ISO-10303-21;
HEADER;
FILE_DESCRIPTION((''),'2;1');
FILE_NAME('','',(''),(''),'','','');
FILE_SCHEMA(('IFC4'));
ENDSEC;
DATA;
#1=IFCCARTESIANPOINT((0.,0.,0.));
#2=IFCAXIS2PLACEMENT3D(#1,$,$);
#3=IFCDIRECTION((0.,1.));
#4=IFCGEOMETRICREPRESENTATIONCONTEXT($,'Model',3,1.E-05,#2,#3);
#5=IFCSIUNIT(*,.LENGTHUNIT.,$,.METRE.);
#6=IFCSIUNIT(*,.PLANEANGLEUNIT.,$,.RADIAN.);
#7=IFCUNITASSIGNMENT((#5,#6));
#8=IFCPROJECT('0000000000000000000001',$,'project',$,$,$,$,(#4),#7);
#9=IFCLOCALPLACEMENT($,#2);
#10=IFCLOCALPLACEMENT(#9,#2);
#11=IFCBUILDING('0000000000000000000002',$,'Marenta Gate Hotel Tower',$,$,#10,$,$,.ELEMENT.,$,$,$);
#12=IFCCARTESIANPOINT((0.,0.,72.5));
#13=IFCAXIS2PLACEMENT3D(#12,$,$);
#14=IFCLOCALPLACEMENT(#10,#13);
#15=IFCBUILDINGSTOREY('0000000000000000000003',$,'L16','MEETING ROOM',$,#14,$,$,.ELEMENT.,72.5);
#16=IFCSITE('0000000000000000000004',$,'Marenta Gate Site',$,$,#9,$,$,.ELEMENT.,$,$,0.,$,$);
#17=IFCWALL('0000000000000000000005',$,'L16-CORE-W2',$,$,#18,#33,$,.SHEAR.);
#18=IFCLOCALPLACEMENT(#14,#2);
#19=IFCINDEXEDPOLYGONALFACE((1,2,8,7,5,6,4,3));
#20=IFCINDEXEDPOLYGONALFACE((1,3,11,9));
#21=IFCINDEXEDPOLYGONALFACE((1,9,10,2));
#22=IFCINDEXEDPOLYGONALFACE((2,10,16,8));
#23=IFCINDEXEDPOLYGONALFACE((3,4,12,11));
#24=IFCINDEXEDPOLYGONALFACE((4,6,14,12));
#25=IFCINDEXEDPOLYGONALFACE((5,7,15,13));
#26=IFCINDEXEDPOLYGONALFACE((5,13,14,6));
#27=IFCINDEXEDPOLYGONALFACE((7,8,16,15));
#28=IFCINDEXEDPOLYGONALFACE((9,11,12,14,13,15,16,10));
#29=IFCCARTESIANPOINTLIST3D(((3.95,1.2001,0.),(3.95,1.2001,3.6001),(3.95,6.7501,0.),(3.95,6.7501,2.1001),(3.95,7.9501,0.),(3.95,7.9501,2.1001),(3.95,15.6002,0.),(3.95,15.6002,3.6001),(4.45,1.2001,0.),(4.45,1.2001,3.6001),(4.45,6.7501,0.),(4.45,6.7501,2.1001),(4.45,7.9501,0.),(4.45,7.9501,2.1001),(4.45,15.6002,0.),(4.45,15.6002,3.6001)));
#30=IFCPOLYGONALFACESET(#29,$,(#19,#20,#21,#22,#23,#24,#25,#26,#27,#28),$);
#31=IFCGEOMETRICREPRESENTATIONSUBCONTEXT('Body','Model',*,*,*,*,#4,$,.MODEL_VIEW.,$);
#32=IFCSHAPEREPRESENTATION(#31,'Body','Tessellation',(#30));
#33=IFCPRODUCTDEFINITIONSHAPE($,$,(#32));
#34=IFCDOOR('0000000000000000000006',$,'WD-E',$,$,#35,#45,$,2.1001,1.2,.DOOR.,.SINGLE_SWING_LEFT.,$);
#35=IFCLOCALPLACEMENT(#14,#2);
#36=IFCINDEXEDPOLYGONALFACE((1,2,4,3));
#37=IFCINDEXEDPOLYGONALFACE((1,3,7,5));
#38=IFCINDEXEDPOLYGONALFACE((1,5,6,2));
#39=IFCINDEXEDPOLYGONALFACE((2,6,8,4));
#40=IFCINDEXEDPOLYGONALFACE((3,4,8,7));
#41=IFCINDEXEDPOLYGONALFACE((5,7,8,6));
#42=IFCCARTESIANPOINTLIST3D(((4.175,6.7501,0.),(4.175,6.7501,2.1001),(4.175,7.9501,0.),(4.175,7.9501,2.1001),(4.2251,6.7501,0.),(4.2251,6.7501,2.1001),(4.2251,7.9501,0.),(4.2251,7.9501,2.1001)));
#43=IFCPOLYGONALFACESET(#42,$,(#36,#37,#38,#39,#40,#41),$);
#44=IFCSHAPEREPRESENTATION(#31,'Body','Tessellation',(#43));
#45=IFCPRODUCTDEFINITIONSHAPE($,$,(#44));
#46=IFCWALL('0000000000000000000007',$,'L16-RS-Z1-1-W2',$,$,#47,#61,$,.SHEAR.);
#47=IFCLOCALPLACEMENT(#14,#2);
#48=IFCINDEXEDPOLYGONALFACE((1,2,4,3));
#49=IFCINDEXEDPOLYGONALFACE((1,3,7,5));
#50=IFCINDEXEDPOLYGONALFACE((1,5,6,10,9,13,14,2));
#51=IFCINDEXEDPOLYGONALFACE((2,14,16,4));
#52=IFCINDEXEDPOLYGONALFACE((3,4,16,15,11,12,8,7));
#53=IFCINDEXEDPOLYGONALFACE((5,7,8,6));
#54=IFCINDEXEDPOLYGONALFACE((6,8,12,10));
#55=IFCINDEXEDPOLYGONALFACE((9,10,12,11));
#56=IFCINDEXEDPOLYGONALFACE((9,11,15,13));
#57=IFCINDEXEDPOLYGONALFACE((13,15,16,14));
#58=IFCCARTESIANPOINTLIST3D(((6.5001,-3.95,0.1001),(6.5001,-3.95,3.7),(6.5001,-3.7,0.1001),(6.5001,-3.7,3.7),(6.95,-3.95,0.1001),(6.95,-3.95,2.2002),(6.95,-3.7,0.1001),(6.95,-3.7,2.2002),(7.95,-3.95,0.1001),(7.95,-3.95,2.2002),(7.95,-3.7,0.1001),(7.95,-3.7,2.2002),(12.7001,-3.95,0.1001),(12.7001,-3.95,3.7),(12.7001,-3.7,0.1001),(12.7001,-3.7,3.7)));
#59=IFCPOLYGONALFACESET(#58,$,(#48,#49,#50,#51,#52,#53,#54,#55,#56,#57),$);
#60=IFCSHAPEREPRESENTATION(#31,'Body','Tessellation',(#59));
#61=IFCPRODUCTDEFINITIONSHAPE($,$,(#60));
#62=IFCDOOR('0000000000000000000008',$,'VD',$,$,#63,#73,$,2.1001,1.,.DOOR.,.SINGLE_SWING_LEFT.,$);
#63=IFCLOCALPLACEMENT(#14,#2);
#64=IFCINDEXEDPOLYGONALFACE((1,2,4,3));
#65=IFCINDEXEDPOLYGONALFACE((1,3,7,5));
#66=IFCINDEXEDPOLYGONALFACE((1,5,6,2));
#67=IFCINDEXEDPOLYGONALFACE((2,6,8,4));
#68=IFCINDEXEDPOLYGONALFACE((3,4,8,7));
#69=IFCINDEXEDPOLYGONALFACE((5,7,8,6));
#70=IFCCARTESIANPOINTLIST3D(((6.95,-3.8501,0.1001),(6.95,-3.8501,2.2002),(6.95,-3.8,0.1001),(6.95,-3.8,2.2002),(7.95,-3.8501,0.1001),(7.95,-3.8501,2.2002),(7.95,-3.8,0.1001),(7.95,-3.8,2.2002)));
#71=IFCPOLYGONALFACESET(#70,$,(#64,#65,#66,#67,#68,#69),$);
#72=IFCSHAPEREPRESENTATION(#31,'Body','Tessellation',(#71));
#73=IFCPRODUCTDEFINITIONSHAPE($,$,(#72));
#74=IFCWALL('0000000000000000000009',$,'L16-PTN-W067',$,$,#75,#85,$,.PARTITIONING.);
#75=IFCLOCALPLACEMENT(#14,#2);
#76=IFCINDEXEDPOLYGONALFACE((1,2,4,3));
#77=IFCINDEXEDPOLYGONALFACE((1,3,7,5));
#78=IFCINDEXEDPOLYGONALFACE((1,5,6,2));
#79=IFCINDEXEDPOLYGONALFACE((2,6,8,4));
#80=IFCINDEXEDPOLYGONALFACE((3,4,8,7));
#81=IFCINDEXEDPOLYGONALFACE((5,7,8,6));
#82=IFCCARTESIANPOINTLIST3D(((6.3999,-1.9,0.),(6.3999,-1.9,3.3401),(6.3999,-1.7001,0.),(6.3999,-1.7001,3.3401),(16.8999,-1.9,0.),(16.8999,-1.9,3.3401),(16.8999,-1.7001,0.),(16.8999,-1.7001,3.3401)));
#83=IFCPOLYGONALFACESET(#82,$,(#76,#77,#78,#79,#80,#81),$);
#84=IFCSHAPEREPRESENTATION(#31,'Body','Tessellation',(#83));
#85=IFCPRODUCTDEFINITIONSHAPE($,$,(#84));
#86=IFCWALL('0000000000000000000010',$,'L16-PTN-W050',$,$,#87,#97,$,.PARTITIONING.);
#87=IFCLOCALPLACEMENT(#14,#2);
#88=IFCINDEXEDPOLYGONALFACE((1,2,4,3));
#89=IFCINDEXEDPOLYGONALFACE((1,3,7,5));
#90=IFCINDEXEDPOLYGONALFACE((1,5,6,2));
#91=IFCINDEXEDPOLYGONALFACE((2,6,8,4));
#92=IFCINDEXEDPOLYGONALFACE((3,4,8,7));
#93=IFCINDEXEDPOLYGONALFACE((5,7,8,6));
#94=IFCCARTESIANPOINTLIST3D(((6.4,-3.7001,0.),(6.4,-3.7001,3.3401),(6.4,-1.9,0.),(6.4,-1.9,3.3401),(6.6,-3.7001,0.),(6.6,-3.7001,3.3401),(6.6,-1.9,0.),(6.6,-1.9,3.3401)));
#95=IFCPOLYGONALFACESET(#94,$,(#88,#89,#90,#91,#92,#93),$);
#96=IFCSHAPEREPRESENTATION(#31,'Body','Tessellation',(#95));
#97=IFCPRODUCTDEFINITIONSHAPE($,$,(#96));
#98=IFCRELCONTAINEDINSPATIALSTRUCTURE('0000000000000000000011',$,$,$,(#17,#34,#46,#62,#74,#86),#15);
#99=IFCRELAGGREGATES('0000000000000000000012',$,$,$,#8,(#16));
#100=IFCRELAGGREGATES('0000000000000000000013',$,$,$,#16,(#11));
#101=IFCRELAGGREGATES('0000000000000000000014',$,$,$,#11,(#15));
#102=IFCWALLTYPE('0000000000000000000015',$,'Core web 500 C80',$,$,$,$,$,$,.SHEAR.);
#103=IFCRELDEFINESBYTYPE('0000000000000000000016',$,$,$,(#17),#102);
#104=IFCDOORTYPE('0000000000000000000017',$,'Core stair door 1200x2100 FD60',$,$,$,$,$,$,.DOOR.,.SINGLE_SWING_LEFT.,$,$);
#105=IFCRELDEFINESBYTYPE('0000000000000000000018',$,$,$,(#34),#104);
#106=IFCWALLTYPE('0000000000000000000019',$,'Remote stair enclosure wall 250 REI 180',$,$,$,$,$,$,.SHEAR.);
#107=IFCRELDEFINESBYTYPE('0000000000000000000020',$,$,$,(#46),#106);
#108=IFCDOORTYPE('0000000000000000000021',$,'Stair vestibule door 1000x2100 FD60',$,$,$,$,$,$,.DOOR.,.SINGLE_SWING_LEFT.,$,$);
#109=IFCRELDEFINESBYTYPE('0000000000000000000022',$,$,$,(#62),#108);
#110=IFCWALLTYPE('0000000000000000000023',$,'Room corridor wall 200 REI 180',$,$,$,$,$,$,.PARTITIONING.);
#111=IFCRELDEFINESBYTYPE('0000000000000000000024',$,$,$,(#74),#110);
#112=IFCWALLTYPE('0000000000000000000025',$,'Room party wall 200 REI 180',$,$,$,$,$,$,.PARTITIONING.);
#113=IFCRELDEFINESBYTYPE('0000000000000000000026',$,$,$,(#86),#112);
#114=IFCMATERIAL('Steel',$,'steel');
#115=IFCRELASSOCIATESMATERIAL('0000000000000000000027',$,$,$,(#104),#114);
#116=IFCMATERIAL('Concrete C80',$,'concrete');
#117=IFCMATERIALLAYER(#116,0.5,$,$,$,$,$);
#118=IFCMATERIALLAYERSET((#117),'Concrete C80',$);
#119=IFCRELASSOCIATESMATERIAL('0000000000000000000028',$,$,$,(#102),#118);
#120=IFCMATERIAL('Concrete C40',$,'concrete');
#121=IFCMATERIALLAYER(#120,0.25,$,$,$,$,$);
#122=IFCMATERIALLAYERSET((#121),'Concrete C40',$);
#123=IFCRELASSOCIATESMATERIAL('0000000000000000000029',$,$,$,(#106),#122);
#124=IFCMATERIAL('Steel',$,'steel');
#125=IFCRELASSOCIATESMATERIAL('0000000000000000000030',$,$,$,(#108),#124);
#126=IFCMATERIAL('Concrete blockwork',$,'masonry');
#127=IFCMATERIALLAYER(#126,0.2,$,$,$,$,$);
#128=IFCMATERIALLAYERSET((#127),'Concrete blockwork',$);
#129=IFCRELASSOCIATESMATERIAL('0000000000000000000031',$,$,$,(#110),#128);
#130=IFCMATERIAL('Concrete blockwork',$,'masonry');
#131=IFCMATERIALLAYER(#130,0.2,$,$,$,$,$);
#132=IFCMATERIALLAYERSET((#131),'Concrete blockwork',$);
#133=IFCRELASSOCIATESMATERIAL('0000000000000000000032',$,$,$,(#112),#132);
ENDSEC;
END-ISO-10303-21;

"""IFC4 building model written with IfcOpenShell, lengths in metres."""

from ifc_helpers import new_model, si_unit, direction, frame, frame_2d, origin, place, context, subcontext, project, spatial, rectangle, extrude, material, layer, layer_set, type_object, element, fill, save


model = new_model("IFC4")

# Units and contexts
model_context = context("Model", 3, precision=1e-05, world=origin(), true_north=direction((0.0, 1.0)))
body_context = subcontext(model_context, "Body", "Model", "MODEL_VIEW")
ifc_project = project(units=[si_unit("LENGTHUNIT", "METRE"), si_unit("PLANEANGLEUNIT", "RADIAN")], contexts=[model_context])

# Site, building, storey
site_placement = place(None, origin())
site = spatial("IfcSite", under=ifc_project, at=site_placement, Name="Marenta Gate Site", CompositionType="ELEMENT", RefElevation=0.0)
building_placement = place(site_placement, origin())
building = spatial("IfcBuilding", under=site, at=building_placement, Name="Marenta Gate Hotel Tower", CompositionType="ELEMENT")
storey_placement = place(building_placement, frame((0.0, 0.0, 72.5)))
storey = spatial("IfcBuildingStorey", under=building, at=storey_placement, Name="L16", Description="MEETING ROOM", CompositionType="ELEMENT", Elevation=72.5)

# Shared definitions
ifc_material_1 = material(Name="Steel", Category="steel")
door_type_1 = type_object("IfcDoorType", Name="Core stair door 1200x2100 FD60", OperationType="SINGLE_SWING_LEFT", PredefinedType="DOOR", material=ifc_material_1)

# Walls, openings, doors
ifc_material_2 = material(Name="Concrete C80", Category="concrete")
ifc_layer_1 = layer(ifc_material_2, 0.5)
ifc_layer_set_1 = layer_set([ifc_layer_1], Name="Concrete C80")
wall_type_1 = type_object("IfcWallType", Name="Core web 500 C80", PredefinedType="SHEAR", material=ifc_layer_set_1)
wall_1_placement = place(storey_placement, frame((4.2, 1.2, 0.0), z_axis=(0.0, 0.0, 1.0), x_axis=(0.0, 1.0, 0.0)))
wall_1 = element("IfcWall", 1, at=wall_1_placement, inside=storey, type_object=wall_type_1, Name="L16-CORE-W2", PredefinedType="SHEAR", context=body_context, shape_type="SweptSolid", body=[
    extrude(rectangle(XDim=14.4001, YDim=0.5, at=frame_2d((7.2002, 0.0))), origin(), (0.0, 0.0, 1.0), 3.6001),
])
opening_1_placement = place(wall_1_placement, frame((5.55, 0.0, 0.0)))
opening_1 = element("IfcOpeningElement", 2, at=opening_1_placement, cuts=wall_1, PredefinedType="OPENING", context=body_context, shape_type="SweptSolid", body=[
    extrude(rectangle(XDim=1.2, YDim=2.1001, at=frame_2d((0.6001, 1.05))), frame((0.0, 0.25, 0.0), z_axis=(0.0, -1.0, 0.0), x_axis=(1.0, 0.0, 0.0)), (0.0, 0.0, 1.0), 0.5),
])
door_1_placement = place(opening_1_placement, origin())
door_1 = element("IfcDoor", 3, at=door_1_placement, inside=storey, type_object=door_type_1, Name="WD-E", OperationType="SINGLE_SWING_LEFT", OverallHeight=2.1001, OverallWidth=1.2, PredefinedType="DOOR", context=body_context, shape_type="SweptSolid", body=[
    extrude(rectangle(XDim=1.2, YDim=2.1001, at=frame_2d((0.6001, 1.05))), frame((0.0, 0.0249, 0.0), z_axis=(0.0, -1.0, 0.0), x_axis=(1.0, 0.0, 0.0)), (0.0, 0.0, 1.0), 0.05),
])
fill(opening_1, door_1)
ifc_material_3 = material(Name="Concrete C40", Category="concrete")
ifc_layer_2 = layer(ifc_material_3, 0.25)
ifc_layer_set_2 = layer_set([ifc_layer_2], Name="Concrete C40")
wall_type_2 = type_object("IfcWallType", Name="Remote stair enclosure wall 250 REI 180", PredefinedType="SHEAR", material=ifc_layer_set_2)
wall_2_placement = place(storey_placement, frame((6.5, -3.825, 0.1001), z_axis=(0.0, 0.0, 1.0), x_axis=(1.0, 0.0, 0.0)))
wall_2 = element("IfcWall", 4, at=wall_2_placement, inside=storey, type_object=wall_type_2, Name="L16-RS-Z1-1-W2", PredefinedType="SHEAR", context=body_context, shape_type="SweptSolid", body=[
    extrude(rectangle(XDim=6.2, YDim=0.25, at=frame_2d((3.1001, 0.0))), origin(), (0.0, 0.0, 1.0), 3.5999),
])
opening_2_placement = place(wall_2_placement, frame((0.45, 0.0, 0.0)))
opening_2 = element("IfcOpeningElement", 5, at=opening_2_placement, cuts=wall_2, PredefinedType="OPENING", context=body_context, shape_type="SweptSolid", body=[
    extrude(rectangle(XDim=1.0, YDim=2.1001, at=frame_2d((0.5, 1.05))), frame((0.0, 0.125, 0.0), z_axis=(0.0, -1.0, 0.0), x_axis=(1.0, 0.0, 0.0)), (0.0, 0.0, 1.0), 0.25),
])
ifc_material_4 = material(Name="Steel", Category="steel")
door_type_2 = type_object("IfcDoorType", Name="Stair vestibule door 1000x2100 FD60", OperationType="SINGLE_SWING_LEFT", PredefinedType="DOOR", material=ifc_material_4)
door_2_placement = place(opening_2_placement, origin())
door_2 = element("IfcDoor", 6, at=door_2_placement, inside=storey, type_object=door_type_2, Name="VD", OperationType="SINGLE_SWING_LEFT", OverallHeight=2.1001, OverallWidth=1.0, PredefinedType="DOOR", context=body_context, shape_type="SweptSolid", body=[
    extrude(rectangle(XDim=1.0, YDim=2.1001, at=frame_2d((0.5, 1.05))), frame((0.0, 0.0249, 0.0), z_axis=(0.0, -1.0, 0.0), x_axis=(1.0, 0.0, 0.0)), (0.0, 0.0, 1.0), 0.05),
])
fill(opening_2, door_2)

# Walls
ifc_material_5 = material(Name="Concrete blockwork", Category="masonry")
ifc_layer_3 = layer(ifc_material_5, 0.2)
ifc_layer_set_3 = layer_set([ifc_layer_3], Name="Concrete blockwork")
wall_type_3 = type_object("IfcWallType", Name="Room corridor wall 200 REI 180", PredefinedType="PARTITIONING", material=ifc_layer_set_3)
wall_3_placement = place(storey_placement, frame((6.3999, -1.8, 0.0), z_axis=(0.0, 0.0, 1.0), x_axis=(1.0, 0.0, 0.0)))
element("IfcWall", 7, at=wall_3_placement, inside=storey, type_object=wall_type_3, Name="L16-PTN-W067", PredefinedType="PARTITIONING", context=body_context, shape_type="SweptSolid", body=[
    extrude(rectangle(XDim=10.5, YDim=0.2, at=frame_2d((5.25, 0.0))), origin(), (0.0, 0.0, 1.0), 3.3401),
])
ifc_material_6 = material(Name="Concrete blockwork", Category="masonry")
ifc_layer_4 = layer(ifc_material_6, 0.2)
ifc_layer_set_4 = layer_set([ifc_layer_4], Name="Concrete blockwork")
wall_type_4 = type_object("IfcWallType", Name="Room party wall 200 REI 180", PredefinedType="PARTITIONING", material=ifc_layer_set_4)
wall_4_placement = place(storey_placement, frame((6.5, -3.7, 0.0), z_axis=(0.0, 0.0, 1.0), x_axis=(0.0, 1.0, 0.0)))
element("IfcWall", 8, at=wall_4_placement, inside=storey, type_object=wall_type_4, Name="L16-PTN-W050", PredefinedType="PARTITIONING", context=body_context, shape_type="SweptSolid", body=[
    extrude(rectangle(XDim=1.8, YDim=0.2, at=frame_2d((0.8999, 0.0))), origin(), (0.0, 0.0, 1.0), 3.3401),
])

save(model, "model.ifc")
